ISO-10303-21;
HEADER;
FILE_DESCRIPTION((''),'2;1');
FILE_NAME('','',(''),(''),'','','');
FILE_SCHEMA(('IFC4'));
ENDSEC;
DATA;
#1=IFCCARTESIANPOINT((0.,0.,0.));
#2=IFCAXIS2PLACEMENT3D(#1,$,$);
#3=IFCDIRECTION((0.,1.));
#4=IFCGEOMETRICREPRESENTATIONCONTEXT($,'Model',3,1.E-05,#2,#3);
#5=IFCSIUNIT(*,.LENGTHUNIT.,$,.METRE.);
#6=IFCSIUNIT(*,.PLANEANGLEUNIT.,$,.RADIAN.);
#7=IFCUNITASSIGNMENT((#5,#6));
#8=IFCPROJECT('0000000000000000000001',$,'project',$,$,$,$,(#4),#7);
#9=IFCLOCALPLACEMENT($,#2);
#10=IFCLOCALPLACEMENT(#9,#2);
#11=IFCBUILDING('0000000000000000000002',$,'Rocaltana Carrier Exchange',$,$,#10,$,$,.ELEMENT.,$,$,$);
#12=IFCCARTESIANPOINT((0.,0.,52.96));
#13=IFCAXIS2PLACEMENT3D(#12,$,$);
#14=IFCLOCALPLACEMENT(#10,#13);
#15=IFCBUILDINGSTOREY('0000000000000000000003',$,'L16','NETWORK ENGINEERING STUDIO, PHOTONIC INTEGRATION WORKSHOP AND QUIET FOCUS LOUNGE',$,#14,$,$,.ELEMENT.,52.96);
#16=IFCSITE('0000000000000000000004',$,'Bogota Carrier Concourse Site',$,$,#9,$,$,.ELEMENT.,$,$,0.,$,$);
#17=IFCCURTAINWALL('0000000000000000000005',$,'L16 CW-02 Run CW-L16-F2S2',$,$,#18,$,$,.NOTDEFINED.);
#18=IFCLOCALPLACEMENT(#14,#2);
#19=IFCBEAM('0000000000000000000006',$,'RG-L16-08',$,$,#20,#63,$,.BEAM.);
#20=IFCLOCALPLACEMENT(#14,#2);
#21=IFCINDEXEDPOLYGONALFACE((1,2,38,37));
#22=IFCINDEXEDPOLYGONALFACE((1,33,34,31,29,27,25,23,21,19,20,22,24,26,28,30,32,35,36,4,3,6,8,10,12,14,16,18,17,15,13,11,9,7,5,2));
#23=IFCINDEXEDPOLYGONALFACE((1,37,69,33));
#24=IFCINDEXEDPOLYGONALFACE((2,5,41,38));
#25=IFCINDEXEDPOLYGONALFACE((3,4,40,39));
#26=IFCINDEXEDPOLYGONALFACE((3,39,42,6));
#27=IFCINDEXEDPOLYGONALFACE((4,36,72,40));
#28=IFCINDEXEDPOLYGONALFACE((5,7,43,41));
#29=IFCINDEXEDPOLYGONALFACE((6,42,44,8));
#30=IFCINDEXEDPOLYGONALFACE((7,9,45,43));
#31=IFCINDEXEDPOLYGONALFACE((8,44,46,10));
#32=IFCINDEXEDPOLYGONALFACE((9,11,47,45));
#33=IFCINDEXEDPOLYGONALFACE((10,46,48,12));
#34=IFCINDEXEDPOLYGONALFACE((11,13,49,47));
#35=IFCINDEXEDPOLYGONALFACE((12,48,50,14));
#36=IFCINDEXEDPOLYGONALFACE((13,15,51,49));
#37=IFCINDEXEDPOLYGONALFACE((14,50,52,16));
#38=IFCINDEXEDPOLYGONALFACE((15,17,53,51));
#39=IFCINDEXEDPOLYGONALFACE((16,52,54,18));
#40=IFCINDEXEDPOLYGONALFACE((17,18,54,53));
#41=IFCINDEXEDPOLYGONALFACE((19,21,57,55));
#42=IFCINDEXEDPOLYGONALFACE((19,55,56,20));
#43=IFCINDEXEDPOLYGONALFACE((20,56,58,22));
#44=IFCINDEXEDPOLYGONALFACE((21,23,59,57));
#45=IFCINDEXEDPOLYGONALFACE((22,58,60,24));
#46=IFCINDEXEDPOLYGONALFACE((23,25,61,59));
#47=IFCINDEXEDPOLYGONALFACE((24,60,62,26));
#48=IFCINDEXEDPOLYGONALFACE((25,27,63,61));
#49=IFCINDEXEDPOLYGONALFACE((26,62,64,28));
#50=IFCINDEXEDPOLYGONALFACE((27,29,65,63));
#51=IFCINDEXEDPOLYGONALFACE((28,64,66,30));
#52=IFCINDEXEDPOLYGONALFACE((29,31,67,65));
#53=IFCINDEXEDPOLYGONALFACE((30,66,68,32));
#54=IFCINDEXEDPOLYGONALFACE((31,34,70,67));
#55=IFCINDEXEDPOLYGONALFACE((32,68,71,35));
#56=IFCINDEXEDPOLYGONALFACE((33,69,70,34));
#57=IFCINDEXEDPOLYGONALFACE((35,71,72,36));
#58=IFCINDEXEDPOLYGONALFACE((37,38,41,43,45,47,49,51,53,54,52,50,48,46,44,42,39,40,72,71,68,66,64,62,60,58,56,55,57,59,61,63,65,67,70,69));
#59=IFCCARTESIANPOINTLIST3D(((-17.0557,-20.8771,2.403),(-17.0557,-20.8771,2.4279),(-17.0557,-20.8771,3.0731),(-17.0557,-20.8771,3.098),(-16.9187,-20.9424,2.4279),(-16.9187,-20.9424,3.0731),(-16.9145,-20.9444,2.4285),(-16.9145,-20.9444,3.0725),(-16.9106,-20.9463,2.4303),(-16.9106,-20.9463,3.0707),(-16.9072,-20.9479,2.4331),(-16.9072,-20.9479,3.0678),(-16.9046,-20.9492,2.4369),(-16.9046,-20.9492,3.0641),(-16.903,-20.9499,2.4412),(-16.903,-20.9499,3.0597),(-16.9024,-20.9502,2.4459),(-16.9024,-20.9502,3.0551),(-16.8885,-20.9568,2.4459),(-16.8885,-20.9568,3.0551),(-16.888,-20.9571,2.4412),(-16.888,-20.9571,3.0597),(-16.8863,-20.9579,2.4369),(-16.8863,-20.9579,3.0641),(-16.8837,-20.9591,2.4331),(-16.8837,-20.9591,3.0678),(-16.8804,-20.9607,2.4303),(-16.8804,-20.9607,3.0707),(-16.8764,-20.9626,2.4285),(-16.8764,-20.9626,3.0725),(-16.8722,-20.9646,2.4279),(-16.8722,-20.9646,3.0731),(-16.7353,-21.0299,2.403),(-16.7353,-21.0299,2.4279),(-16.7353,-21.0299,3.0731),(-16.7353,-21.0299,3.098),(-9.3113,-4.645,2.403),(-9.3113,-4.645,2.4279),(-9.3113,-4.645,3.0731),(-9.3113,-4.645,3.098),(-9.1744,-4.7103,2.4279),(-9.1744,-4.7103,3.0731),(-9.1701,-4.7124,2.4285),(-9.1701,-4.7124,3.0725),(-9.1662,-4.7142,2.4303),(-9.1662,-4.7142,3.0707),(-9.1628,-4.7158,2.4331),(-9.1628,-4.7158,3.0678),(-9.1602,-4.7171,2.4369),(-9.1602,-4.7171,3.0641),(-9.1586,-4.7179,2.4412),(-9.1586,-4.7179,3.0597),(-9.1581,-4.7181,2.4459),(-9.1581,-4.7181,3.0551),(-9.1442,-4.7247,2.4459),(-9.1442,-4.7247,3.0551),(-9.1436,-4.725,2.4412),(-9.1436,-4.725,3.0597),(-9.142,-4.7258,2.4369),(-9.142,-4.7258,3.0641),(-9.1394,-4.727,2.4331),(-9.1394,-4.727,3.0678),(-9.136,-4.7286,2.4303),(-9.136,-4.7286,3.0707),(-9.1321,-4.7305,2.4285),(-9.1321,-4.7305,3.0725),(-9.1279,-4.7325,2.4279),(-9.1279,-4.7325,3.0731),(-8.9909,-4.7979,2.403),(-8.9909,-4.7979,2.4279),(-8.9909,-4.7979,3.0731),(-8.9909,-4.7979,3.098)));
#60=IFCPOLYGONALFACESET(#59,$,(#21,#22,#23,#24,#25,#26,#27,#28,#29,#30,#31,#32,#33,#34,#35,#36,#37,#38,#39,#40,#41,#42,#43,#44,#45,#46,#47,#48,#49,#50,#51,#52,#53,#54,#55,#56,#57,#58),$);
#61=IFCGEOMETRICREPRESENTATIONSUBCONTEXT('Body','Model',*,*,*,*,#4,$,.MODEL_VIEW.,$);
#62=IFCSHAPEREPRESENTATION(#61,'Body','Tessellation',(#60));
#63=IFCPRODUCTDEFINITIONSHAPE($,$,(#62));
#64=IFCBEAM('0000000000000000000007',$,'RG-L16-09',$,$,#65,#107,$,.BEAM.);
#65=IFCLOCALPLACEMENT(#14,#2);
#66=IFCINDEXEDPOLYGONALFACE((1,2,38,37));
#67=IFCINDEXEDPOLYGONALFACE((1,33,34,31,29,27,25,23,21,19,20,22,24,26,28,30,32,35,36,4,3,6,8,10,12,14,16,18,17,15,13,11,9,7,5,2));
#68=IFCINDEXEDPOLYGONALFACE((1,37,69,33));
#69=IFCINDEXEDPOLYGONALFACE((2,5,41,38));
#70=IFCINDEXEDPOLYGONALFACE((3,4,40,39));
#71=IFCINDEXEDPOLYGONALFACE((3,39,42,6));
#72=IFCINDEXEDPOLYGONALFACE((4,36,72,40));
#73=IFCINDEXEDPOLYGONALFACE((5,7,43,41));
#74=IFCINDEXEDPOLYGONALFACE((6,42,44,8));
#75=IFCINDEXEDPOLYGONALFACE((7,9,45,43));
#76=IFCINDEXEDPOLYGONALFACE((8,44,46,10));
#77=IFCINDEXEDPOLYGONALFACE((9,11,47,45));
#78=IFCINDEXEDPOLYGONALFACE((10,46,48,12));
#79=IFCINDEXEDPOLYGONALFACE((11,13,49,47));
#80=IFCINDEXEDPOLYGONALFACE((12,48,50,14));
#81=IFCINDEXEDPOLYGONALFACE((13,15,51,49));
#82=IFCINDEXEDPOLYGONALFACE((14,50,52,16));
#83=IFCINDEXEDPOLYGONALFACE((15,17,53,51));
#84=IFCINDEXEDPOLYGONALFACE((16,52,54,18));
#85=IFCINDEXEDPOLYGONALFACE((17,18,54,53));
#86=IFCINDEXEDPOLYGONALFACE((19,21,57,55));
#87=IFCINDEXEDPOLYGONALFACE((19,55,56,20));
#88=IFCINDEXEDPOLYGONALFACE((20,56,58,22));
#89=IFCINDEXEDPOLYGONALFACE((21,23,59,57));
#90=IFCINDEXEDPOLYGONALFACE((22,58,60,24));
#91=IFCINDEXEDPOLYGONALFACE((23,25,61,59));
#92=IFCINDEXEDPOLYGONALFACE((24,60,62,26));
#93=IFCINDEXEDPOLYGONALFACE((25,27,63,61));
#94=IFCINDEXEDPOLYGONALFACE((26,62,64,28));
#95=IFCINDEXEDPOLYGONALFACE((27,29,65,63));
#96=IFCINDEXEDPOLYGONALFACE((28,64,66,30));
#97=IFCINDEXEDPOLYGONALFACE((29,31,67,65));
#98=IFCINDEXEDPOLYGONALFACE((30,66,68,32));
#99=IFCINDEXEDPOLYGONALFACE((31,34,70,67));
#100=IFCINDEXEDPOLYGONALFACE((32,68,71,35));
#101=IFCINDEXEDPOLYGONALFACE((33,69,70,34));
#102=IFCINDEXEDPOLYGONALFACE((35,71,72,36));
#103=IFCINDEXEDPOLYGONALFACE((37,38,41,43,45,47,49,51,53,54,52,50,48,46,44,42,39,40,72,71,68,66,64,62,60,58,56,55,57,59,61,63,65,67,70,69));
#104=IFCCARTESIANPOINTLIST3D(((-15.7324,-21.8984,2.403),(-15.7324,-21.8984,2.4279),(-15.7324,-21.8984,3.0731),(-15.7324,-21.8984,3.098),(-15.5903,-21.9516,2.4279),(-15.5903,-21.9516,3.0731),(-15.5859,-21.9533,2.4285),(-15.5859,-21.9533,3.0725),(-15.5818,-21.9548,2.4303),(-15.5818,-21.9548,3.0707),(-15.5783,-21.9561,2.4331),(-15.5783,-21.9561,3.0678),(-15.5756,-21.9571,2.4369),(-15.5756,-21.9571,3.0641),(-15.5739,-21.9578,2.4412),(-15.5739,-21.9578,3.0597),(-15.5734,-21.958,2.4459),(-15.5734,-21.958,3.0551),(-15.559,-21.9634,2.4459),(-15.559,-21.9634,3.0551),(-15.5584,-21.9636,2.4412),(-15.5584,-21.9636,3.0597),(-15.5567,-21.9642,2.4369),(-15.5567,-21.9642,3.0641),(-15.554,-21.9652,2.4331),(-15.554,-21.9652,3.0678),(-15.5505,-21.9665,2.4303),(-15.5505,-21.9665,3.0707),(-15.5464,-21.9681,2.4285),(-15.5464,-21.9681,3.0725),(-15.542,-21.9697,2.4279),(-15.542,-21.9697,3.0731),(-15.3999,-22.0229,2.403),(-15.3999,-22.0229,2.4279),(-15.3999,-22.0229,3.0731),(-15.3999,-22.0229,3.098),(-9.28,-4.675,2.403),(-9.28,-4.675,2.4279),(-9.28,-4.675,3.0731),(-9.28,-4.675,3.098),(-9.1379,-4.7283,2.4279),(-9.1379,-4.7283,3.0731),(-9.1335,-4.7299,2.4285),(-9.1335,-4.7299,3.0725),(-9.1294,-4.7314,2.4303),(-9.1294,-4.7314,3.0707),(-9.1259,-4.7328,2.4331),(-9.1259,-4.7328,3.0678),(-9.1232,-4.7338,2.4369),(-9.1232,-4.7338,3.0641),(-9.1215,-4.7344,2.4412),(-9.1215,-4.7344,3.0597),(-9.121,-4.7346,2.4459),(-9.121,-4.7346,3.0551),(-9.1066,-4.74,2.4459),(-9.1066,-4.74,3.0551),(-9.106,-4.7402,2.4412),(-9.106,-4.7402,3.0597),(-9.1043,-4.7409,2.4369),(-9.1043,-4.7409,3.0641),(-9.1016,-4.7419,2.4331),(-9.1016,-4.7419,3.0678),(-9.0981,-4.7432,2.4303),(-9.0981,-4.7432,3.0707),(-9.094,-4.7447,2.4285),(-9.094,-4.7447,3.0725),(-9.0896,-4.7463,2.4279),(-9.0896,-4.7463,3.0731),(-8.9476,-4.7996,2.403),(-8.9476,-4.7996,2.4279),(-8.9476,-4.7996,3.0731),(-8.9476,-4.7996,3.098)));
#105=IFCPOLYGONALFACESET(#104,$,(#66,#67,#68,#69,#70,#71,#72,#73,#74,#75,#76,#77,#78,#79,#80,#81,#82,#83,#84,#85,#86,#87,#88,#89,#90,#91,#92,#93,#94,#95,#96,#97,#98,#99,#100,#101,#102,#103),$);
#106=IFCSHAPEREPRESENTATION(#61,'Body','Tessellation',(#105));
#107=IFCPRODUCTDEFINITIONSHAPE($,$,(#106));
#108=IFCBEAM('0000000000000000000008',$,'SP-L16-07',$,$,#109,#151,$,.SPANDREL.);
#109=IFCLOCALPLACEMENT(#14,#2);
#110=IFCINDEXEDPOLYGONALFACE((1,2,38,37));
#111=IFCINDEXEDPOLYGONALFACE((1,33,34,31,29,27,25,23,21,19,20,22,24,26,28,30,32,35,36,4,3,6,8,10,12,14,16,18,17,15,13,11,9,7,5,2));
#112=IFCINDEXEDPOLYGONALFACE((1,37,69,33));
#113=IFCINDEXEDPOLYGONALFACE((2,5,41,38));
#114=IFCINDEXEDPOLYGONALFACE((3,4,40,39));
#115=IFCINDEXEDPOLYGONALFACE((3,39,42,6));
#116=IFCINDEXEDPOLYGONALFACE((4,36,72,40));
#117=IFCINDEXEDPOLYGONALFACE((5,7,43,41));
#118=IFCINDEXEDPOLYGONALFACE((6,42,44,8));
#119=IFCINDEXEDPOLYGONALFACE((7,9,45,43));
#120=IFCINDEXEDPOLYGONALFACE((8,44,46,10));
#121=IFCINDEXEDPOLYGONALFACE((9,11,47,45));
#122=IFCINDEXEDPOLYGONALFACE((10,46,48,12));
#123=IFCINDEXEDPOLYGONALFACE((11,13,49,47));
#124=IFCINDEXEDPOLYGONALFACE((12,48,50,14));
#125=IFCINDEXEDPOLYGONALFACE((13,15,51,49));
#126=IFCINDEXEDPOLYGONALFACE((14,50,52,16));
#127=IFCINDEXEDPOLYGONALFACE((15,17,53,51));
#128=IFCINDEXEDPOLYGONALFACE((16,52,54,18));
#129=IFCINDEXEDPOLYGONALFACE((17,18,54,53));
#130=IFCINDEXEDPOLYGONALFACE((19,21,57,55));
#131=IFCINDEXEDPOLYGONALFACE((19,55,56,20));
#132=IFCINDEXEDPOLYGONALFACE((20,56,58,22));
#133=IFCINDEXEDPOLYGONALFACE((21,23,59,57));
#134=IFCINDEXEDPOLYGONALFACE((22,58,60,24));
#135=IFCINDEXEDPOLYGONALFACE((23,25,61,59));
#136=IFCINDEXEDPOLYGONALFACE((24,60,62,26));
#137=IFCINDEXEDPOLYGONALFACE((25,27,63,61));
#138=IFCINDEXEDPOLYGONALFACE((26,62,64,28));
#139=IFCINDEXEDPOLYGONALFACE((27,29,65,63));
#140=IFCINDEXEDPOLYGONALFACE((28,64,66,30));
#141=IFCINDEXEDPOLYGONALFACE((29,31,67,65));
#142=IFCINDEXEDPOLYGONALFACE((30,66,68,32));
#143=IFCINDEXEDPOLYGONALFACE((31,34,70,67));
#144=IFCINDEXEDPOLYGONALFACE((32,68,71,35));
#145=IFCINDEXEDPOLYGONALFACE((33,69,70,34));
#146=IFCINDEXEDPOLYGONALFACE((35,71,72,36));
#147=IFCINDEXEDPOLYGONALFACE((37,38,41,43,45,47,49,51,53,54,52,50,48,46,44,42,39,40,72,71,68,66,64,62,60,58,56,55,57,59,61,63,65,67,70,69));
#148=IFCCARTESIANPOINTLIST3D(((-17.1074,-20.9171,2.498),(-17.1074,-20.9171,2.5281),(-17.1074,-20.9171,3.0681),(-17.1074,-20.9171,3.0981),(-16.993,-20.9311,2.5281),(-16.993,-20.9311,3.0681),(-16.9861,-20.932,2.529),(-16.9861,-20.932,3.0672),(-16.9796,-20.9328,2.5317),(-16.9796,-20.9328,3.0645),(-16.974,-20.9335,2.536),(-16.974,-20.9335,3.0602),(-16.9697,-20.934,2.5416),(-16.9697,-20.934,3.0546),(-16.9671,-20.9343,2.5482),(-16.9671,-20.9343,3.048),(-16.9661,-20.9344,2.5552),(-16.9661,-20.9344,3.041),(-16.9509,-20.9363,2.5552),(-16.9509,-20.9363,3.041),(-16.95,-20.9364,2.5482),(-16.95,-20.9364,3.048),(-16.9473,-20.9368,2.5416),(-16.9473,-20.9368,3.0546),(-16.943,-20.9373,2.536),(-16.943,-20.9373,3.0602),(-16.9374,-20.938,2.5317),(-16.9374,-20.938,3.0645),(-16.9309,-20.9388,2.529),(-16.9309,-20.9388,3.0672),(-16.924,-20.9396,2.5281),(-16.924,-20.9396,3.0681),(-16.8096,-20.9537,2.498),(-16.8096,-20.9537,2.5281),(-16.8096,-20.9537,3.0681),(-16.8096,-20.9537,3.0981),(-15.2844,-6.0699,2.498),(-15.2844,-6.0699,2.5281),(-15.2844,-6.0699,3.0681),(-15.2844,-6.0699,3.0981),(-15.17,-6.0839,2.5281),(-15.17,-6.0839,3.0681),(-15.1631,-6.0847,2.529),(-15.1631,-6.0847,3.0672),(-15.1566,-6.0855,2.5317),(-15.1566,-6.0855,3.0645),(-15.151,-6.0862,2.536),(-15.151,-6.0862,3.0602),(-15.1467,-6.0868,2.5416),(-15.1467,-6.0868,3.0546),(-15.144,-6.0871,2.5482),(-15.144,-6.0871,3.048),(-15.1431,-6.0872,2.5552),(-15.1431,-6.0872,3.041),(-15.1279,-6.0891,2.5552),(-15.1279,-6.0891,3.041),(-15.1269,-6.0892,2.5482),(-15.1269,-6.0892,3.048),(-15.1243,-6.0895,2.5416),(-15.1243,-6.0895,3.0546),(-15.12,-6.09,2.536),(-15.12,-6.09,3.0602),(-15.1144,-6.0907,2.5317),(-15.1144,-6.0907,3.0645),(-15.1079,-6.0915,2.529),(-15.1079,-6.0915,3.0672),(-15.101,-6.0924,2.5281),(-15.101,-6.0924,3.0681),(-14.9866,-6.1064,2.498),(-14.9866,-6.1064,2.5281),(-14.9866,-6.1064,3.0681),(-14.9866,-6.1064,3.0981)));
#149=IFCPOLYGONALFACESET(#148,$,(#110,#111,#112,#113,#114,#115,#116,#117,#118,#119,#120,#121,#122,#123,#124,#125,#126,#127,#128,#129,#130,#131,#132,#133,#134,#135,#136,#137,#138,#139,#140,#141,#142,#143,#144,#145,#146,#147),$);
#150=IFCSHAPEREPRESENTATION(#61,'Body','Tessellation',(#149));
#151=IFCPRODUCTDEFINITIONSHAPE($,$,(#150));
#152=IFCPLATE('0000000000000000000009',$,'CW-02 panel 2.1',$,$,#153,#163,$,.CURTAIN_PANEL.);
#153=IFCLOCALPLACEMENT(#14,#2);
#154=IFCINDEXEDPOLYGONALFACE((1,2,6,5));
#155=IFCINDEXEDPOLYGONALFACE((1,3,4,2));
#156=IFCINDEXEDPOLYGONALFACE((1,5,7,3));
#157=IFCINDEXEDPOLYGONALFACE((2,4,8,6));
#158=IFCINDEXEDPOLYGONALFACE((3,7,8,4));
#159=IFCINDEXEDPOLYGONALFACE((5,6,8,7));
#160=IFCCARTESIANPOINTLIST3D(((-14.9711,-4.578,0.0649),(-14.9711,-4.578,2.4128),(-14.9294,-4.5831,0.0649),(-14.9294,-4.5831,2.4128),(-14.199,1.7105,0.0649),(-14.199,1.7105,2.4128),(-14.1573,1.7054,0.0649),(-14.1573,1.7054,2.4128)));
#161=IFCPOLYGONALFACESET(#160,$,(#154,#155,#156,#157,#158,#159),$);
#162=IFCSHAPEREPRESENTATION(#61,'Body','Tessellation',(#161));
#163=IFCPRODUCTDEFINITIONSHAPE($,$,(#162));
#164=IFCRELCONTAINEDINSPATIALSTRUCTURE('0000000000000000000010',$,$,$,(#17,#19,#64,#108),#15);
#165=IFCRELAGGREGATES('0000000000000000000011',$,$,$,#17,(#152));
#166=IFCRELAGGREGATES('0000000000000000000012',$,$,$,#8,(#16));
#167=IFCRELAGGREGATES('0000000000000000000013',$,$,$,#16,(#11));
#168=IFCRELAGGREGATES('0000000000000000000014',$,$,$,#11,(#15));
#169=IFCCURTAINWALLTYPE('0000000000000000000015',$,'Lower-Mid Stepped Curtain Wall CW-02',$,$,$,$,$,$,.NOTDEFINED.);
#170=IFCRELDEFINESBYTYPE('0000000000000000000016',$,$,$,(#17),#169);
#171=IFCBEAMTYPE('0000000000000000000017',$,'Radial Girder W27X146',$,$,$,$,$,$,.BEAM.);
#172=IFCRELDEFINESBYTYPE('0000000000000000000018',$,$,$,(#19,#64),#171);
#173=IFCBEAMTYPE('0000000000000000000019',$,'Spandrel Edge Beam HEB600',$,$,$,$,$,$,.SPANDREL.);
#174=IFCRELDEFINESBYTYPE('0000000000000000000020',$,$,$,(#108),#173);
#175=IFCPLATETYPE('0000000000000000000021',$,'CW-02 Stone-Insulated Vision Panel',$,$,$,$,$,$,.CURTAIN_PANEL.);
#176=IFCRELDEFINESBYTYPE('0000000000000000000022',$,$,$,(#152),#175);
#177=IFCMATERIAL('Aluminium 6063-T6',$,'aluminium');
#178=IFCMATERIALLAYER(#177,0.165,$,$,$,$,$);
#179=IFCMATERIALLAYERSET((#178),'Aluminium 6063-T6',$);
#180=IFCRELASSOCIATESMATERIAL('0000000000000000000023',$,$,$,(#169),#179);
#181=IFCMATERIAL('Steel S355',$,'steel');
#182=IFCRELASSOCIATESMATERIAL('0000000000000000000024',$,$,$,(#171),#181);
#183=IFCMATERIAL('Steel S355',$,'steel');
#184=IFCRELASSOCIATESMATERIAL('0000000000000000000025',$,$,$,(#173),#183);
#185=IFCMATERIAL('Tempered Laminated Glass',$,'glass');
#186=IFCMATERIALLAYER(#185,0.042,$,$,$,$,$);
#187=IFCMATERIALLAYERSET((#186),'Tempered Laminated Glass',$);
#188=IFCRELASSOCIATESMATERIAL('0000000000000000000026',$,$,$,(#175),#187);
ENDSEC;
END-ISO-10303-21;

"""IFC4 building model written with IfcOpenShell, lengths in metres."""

from ifc_helpers import new_model, si_unit, direction, frame, origin, origin_2d, place, context, subcontext, project, spatial, rectangle, i_section, extrude, material, layer, layer_set, material_profile, profile_set, type_object, element, aggregate, save


model = new_model("IFC4")

# Units and contexts
model_context = context("Model", 3, precision=1e-05, world=origin(), true_north=direction((0.0, 1.0)))
body_context = subcontext(model_context, "Body", "Model", "MODEL_VIEW")
ifc_project = project(units=[si_unit("LENGTHUNIT", "METRE"), si_unit("PLANEANGLEUNIT", "RADIAN")], contexts=[model_context])

# Site, building, storey
site_placement = place(None, origin())
site = spatial("IfcSite", under=ifc_project, at=site_placement, Name="Bogota Carrier Concourse Site", CompositionType="ELEMENT", RefElevation=0.0)
building_placement = place(site_placement, origin())
building = spatial("IfcBuilding", under=site, at=building_placement, Name="Rocaltana Carrier Exchange", CompositionType="ELEMENT")
storey_placement = place(building_placement, frame((0.0, 0.0, 52.96)))
storey = spatial("IfcBuildingStorey", under=building, at=storey_placement, Name="L16", Description="NETWORK ENGINEERING STUDIO, PHOTONIC INTEGRATION WORKSHOP AND QUIET FOCUS LOUNGE", CompositionType="ELEMENT", Elevation=52.96)

# Curtain wall
ifc_material_1 = material(Name="Aluminium 6063-T6", Category="aluminium")
ifc_layer_1 = layer(ifc_material_1, 0.165)
ifc_layer_set_1 = layer_set([ifc_layer_1], Name="Aluminium 6063-T6")
curtain_wall_type = type_object("IfcCurtainWallType", Name="Lower-Mid Stepped Curtain Wall CW-02", PredefinedType="NOTDEFINED", material=ifc_layer_set_1)
curtain_wall_1_placement = place(storey_placement, origin())
curtain_wall_1 = element("IfcCurtainWall", 1, at=curtain_wall_1_placement, inside=storey, type_object=curtain_wall_type, Name="L16 CW-02 Run CW-L16-F2S2", PredefinedType="NOTDEFINED")

# Beams
ifc_material_2 = material(Name="Steel S355", Category="steel")
ifc_material_profile_1 = material_profile(ifc_material_2, i_section(OverallWidth=0.355, OverallDepth=0.6951, WebThickness=0.0154, FlangeThickness=0.0249, FilletRadius=0.0181, at=origin_2d()), Name="W27X146")
ifc_profile_set_1 = profile_set([ifc_material_profile_1], Name="Steel S355")
beam_type_1 = type_object("IfcBeamType", Name="Radial Girder W27X146", PredefinedType="BEAM", material=ifc_profile_set_1)
beam_1_placement = place(storey_placement, frame((-9.1511, -4.7214, 2.7505), z_axis=(-0.430603, -0.902541, 0.0), x_axis=(0.902541, -0.430603, 0.0)))
element("IfcBeam", 2, at=beam_1_placement, inside=storey, type_object=beam_type_1, Name="RG-L16-08", PredefinedType="BEAM", context=body_context, shape_type="SweptSolid", body=[
    extrude(i_section(OverallWidth=0.355, OverallDepth=0.6951, WebThickness=0.0154, FlangeThickness=0.0249, FilletRadius=0.0181, at=origin_2d()), origin(), (0.0, 0.0, 1.0), 17.9849),
])
beam_2_placement = place(storey_placement, frame((-9.1138, -4.7373, 2.7505), z_axis=(-0.350819, -0.936443, 0.0), x_axis=(0.936443, -0.350819, 0.0)))
element("IfcBeam", 3, at=beam_2_placement, inside=storey, type_object=beam_type_1, Name="RG-L16-09", PredefinedType="BEAM", context=body_context, shape_type="SweptSolid", body=[
    extrude(i_section(OverallWidth=0.355, OverallDepth=0.6951, WebThickness=0.0154, FlangeThickness=0.0249, FilletRadius=0.0181, at=origin_2d()), origin(), (0.0, 0.0, 1.0), 18.3923),
])
ifc_material_3 = material(Name="Steel S355", Category="steel")
ifc_material_profile_2 = material_profile(ifc_material_3, i_section(OverallWidth=0.3, OverallDepth=0.6001, WebThickness=0.0154, FlangeThickness=0.03, FilletRadius=0.0271, at=origin_2d()), Name="HEB600")
ifc_profile_set_2 = profile_set([ifc_material_profile_2], Name="Steel S355")
beam_type_2 = type_object("IfcBeamType", Name="Spandrel Edge Beam HEB600", PredefinedType="SPANDREL", material=ifc_profile_set_2)
beam_3_placement = place(storey_placement, frame((-15.1355, -6.0881, 2.7981), z_axis=(-0.121869, -0.992546, 0.0), x_axis=(0.992546, -0.121869, 0.0)))
element("IfcBeam", 4, at=beam_3_placement, inside=storey, type_object=beam_type_2, Name="SP-L16-07", PredefinedType="SPANDREL", context=body_context, shape_type="SweptSolid", body=[
    extrude(i_section(OverallWidth=0.3, OverallDepth=0.6001, WebThickness=0.0154, FlangeThickness=0.03, FilletRadius=0.0271, at=origin_2d()), origin(), (0.0, 0.0, 1.0), 14.9587),
])

# Plate
ifc_material_4 = material(Name="Tempered Laminated Glass", Category="glass")
ifc_layer_2 = layer(ifc_material_4, 0.042)
ifc_layer_set_2 = layer_set([ifc_layer_2], Name="Tempered Laminated Glass")
plate_type = type_object("IfcPlateType", Name="CW-02 Stone-Insulated Vision Panel", PredefinedType="CURTAIN_PANEL", material=ifc_layer_set_2)
plate_placement = place(storey_placement, frame((-14.5642, -1.4363, 0.0649), z_axis=(0.0, 0.0, 1.0), x_axis=(-0.121874, -0.992546, 0.0)))
plate = element("IfcPlate", 5, at=plate_placement, type_object=plate_type, Name="CW-02 panel 2.1", PredefinedType="CURTAIN_PANEL", context=body_context, shape_type="SweptSolid", body=[
    extrude(rectangle(XDim=6.3357, YDim=0.042, at=origin_2d()), origin(), (0.0, 0.0, 1.0), 2.3479),
])
aggregate(curtain_wall_1, [plate])

save(model, "model.ifc")
